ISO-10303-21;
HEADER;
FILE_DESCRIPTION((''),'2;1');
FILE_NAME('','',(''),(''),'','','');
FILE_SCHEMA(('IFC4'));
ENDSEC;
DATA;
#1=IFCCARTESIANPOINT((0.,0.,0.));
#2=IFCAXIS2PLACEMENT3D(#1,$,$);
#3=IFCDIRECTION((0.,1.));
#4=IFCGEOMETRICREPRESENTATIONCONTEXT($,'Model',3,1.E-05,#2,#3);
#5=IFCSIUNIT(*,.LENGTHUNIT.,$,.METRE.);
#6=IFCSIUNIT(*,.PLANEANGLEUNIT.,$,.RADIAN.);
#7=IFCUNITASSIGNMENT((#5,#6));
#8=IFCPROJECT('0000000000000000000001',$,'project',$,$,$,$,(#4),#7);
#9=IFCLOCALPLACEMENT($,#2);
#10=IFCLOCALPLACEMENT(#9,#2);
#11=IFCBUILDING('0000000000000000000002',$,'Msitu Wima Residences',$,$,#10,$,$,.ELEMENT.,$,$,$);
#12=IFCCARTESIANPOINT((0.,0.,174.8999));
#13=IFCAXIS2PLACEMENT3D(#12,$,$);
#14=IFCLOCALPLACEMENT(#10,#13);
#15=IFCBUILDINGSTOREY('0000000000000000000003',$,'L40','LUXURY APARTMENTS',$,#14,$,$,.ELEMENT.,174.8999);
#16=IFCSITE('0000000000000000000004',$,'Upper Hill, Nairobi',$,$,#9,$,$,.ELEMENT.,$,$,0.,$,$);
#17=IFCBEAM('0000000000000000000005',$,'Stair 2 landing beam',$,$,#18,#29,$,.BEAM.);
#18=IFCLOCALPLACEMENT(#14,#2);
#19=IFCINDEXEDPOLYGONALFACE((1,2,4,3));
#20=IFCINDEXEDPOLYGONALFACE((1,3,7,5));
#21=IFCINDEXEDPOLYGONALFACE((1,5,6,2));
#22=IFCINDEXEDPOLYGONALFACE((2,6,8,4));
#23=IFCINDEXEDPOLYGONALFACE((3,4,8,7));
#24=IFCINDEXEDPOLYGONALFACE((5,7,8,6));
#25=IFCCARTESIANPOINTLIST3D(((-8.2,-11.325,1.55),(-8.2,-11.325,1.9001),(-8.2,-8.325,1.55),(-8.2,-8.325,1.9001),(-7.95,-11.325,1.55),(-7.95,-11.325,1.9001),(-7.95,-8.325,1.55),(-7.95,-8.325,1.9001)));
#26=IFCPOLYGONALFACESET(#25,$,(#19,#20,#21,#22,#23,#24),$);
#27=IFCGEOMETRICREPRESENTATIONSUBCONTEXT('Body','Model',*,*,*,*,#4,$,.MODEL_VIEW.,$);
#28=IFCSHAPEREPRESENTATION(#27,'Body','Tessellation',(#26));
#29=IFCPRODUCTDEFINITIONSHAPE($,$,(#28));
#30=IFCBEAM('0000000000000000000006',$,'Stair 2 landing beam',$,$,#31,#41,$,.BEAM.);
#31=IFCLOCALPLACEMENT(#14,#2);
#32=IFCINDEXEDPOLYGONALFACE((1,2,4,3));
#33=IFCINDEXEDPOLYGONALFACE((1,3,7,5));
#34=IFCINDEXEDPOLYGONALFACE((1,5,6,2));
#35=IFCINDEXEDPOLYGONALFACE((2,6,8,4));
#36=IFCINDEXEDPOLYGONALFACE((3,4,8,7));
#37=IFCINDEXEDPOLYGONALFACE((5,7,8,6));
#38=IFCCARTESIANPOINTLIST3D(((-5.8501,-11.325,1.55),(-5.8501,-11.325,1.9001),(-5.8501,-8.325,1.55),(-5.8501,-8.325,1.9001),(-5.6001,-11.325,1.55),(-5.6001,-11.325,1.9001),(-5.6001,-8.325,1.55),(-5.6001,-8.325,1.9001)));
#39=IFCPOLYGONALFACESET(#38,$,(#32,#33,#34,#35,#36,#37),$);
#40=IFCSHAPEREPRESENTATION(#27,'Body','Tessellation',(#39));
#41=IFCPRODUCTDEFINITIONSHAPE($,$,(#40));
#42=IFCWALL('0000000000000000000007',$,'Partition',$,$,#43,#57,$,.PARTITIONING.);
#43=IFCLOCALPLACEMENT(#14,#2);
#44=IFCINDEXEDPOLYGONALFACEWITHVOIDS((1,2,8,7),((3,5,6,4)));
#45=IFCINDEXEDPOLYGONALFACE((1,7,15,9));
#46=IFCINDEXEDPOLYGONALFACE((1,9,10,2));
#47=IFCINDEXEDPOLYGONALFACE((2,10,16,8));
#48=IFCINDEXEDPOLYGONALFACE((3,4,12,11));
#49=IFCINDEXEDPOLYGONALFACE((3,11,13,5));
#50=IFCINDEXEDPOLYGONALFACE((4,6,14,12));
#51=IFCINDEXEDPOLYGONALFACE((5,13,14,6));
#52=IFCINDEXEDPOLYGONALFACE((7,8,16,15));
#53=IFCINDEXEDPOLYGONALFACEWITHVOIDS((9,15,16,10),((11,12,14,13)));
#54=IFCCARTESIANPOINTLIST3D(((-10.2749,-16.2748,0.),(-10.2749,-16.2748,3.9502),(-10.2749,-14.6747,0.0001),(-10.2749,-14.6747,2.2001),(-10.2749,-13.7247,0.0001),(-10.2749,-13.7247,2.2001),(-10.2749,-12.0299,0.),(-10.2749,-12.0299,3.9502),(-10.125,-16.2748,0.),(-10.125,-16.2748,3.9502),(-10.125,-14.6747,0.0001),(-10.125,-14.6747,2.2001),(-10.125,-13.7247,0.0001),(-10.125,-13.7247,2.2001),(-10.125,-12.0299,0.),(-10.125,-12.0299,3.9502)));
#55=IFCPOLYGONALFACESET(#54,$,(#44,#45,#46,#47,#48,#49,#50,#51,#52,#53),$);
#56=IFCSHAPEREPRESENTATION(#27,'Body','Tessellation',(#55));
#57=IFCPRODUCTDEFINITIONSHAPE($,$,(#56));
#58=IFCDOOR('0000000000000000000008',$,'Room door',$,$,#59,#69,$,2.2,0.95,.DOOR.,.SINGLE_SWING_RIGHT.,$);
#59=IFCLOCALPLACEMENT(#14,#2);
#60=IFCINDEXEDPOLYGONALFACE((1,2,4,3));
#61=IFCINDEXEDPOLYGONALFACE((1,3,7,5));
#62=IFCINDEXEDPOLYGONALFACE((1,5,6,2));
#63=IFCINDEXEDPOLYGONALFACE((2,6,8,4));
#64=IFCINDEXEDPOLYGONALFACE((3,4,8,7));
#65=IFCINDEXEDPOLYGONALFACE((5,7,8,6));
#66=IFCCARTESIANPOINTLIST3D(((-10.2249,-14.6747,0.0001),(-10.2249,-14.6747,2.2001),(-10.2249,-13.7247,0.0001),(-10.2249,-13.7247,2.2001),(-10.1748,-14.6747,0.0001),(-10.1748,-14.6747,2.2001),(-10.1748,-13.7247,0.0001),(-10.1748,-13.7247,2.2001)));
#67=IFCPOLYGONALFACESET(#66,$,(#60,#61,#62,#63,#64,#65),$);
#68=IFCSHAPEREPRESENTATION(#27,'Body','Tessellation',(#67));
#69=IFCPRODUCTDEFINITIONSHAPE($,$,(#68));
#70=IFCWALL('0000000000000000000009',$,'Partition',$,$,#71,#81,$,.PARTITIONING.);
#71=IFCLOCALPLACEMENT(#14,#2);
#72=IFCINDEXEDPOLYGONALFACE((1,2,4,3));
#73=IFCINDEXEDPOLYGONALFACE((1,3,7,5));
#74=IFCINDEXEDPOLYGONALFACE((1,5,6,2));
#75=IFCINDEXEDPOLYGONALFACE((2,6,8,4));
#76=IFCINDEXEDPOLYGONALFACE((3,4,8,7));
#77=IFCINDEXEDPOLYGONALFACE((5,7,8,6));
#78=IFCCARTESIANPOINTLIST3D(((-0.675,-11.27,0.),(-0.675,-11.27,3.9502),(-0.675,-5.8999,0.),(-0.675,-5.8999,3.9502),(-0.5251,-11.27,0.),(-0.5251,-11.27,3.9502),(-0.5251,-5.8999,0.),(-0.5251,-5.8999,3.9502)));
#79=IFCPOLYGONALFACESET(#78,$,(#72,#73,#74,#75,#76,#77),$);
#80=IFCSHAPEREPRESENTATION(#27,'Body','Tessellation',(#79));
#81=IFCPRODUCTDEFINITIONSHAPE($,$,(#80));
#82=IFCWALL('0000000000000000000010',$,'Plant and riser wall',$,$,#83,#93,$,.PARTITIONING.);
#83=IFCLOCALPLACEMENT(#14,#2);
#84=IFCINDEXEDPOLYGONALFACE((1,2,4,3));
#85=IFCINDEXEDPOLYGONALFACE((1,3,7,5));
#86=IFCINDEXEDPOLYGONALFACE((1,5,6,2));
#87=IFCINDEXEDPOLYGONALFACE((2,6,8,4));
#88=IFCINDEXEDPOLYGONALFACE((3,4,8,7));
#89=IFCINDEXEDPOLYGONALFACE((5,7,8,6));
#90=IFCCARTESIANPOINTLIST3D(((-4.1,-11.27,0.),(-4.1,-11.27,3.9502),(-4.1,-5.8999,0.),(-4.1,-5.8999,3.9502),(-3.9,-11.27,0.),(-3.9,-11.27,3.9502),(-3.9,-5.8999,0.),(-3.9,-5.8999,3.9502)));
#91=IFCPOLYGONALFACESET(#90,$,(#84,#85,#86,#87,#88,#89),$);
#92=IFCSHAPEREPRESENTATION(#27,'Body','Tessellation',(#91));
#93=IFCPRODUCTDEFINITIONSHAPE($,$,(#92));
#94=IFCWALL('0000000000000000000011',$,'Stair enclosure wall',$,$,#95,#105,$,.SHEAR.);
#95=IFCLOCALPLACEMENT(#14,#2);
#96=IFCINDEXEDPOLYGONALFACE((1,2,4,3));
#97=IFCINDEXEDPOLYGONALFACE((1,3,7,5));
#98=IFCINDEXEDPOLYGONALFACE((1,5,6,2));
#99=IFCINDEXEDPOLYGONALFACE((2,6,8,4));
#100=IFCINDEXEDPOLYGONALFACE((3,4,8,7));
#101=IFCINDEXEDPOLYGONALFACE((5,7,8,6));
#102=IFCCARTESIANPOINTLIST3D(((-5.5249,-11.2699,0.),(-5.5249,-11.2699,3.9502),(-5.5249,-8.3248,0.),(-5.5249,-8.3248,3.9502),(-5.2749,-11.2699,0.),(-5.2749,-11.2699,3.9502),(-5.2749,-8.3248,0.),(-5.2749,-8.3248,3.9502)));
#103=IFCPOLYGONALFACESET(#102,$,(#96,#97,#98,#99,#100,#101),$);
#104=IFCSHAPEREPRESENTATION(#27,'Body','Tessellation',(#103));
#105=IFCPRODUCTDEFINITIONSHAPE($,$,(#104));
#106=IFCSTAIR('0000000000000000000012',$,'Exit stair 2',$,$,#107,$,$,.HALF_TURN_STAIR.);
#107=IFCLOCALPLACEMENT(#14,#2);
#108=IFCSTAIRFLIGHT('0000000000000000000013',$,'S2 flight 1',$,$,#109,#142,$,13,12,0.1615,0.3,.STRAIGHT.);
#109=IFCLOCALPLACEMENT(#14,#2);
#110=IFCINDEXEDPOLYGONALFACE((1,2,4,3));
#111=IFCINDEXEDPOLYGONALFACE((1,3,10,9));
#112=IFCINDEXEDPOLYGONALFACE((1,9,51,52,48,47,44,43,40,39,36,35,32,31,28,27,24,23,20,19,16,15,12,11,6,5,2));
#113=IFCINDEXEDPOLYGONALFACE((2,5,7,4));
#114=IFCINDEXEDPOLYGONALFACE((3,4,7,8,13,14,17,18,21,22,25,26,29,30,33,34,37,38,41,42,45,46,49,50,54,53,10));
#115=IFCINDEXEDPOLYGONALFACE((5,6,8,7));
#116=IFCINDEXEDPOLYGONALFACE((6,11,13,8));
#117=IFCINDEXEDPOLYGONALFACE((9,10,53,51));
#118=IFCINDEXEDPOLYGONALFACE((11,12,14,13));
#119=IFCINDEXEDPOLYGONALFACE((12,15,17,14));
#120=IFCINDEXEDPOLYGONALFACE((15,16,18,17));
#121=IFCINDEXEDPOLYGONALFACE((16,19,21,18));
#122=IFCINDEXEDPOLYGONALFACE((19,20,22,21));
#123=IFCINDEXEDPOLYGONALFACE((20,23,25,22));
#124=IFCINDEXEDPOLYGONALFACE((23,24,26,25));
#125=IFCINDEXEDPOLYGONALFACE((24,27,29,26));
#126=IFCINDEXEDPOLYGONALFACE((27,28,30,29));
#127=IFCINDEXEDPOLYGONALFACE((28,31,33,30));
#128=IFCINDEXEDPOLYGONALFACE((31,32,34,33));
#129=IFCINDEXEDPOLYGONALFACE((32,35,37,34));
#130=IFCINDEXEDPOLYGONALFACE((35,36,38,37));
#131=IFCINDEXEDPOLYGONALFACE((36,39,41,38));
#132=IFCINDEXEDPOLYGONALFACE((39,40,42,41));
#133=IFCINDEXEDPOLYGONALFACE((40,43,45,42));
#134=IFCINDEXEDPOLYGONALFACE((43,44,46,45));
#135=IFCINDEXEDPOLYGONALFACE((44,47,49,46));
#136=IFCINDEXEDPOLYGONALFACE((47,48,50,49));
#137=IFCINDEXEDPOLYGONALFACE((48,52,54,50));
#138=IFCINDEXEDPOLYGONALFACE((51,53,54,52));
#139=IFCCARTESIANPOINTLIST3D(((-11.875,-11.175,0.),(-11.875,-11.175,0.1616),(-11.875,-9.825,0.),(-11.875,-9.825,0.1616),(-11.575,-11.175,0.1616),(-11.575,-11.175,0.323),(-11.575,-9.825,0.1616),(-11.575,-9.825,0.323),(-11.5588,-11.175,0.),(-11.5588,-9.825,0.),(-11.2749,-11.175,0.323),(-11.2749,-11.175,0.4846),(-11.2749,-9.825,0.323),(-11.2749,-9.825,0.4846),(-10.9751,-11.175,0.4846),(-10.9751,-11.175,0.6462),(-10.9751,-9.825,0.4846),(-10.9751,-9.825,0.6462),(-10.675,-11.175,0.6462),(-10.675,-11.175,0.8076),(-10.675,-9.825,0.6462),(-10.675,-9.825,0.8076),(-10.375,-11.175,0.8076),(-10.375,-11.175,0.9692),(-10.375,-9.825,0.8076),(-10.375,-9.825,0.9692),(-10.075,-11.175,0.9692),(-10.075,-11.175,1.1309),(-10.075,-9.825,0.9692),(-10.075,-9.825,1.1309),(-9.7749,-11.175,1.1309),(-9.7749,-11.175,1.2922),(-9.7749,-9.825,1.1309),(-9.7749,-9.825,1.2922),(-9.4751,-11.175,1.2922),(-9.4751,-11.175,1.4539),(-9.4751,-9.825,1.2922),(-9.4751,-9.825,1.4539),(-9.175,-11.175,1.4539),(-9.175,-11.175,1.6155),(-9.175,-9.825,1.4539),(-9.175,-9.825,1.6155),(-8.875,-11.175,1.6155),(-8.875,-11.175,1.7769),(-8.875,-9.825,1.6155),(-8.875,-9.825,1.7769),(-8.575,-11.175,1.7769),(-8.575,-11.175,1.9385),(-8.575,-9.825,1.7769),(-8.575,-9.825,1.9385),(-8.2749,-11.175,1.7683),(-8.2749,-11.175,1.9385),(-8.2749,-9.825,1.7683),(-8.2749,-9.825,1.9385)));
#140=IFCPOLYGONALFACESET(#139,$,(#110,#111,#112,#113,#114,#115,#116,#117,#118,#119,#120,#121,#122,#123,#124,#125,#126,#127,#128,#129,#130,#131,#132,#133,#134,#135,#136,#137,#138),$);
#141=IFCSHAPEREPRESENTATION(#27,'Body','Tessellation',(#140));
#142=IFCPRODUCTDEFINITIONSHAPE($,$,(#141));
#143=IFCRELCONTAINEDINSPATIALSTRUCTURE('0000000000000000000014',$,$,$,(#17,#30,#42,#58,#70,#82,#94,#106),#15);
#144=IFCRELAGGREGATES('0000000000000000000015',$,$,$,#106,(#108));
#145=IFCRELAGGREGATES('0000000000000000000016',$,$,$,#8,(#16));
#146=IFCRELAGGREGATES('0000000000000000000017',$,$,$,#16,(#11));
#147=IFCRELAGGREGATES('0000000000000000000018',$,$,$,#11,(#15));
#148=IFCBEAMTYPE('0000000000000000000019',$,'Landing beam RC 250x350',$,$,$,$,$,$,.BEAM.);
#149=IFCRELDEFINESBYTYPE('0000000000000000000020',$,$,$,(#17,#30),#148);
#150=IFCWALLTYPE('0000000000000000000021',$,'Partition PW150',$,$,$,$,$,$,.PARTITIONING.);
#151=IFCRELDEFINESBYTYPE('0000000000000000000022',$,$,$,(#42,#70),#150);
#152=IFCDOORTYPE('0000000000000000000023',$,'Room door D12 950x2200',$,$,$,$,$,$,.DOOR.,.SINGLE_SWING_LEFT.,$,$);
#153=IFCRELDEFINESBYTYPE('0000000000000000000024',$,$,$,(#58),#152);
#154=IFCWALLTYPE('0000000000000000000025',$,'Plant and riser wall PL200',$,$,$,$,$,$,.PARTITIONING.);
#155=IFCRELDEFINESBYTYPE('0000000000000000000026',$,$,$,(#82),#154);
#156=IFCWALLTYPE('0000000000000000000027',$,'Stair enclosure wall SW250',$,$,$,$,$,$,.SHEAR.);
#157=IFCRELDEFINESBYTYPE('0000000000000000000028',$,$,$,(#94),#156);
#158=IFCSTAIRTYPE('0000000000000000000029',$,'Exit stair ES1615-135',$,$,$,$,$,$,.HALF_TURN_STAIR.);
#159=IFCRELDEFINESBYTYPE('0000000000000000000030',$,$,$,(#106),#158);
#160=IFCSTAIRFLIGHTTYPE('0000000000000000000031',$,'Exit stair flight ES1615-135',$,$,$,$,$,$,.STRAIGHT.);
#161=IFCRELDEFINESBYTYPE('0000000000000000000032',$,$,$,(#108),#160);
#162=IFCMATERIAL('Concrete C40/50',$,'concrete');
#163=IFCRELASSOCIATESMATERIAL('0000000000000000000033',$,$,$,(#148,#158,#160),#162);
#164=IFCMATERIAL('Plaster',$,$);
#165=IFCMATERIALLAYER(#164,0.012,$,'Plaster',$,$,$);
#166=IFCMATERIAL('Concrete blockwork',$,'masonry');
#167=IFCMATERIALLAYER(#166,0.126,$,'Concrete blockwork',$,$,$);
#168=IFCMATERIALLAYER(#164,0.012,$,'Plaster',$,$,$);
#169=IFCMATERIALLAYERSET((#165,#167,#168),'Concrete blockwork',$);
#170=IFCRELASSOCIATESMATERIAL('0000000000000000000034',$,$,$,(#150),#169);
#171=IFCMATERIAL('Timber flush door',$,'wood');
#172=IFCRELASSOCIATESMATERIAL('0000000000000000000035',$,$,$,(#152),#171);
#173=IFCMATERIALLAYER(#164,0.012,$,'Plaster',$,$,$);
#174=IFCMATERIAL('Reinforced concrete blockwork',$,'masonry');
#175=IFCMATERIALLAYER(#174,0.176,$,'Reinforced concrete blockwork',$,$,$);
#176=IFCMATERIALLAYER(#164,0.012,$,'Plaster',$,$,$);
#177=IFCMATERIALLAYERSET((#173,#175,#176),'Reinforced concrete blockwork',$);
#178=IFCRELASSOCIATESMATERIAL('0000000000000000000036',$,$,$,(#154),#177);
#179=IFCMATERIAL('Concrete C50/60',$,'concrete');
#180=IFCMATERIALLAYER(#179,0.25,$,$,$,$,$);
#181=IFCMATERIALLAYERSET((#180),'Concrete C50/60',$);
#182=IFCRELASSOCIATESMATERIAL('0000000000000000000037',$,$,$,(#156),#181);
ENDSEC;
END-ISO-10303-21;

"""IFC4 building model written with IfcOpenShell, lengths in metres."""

from ifc_helpers import new_model, si_unit, direction, frame, frame_2d, origin, origin_2d, place, context, subcontext, project, spatial, polyline, rectangle, outline, extrude, material, layer, layer_set, material_profile, profile_set, type_object, element, fill, aggregate, save


model = new_model("IFC4")

# Units and contexts
model_context = context("Model", 3, precision=1e-05, world=origin(), true_north=direction((0.0, 1.0)))
body_context = subcontext(model_context, "Body", "Model", "MODEL_VIEW")
ifc_project = project(units=[si_unit("LENGTHUNIT", "METRE"), si_unit("PLANEANGLEUNIT", "RADIAN")], contexts=[model_context])

# Site, building, storey
site_placement = place(None, origin())
site = spatial("IfcSite", under=ifc_project, at=site_placement, Name="Upper Hill, Nairobi", CompositionType="ELEMENT", RefElevation=0.0)
building_placement = place(site_placement, origin())
building = spatial("IfcBuilding", under=site, at=building_placement, Name="Msitu Wima Residences", CompositionType="ELEMENT")
storey_placement = place(building_placement, frame((0.0, 0.0, 174.8999)))
storey = spatial("IfcBuildingStorey", under=building, at=storey_placement, Name="L40", Description="LUXURY APARTMENTS", CompositionType="ELEMENT", Elevation=174.8999)

# Beams
ifc_material_1 = material(Name="Concrete C40/50", Category="concrete")
ifc_material_profile = material_profile(ifc_material_1, rectangle(XDim=0.25, YDim=0.3501, at=origin_2d()), Name="RC 250x350")
ifc_profile_set = profile_set([ifc_material_profile], Name="Concrete C40/50")
beam_type = type_object("IfcBeamType", Name="Landing beam RC 250x350", PredefinedType="BEAM", material=ifc_profile_set)
for number, where, z_axis, x_axis, name in (
    (1, (-8.075, -11.325, 1.7251), (0.0, 1.0, 0.0), (-1.0, 0.0, 0.0), "Stair 2 landing beam"),
    (2, (-5.7251, -11.325, 1.7251), (0.0, 1.0, 0.0), (-1.0, 0.0, 0.0), "Stair 2 landing beam"),
):
    element("IfcBeam", number, at=place(storey_placement, frame(where, z_axis=z_axis, x_axis=x_axis)), inside=storey, type_object=beam_type, Name=name, PredefinedType="BEAM", context=body_context, shape_type="SweptSolid", body=[
        extrude(rectangle(XDim=0.25, YDim=0.3501, at=origin_2d()), origin(), (0.0, 0.0, 1.0), 3.0),
    ])

# Wall, opening, door
ifc_material_2 = material(Name="Plaster")
ifc_layer_1 = layer(ifc_material_2, 0.012, Name="Plaster")
ifc_material_3 = material(Name="Concrete blockwork", Category="masonry")
ifc_layer_2 = layer(ifc_material_3, 0.126, Name="Concrete blockwork")
ifc_layer_3 = layer(ifc_material_2, 0.012, Name="Plaster")
ifc_layer_set_1 = layer_set([ifc_layer_1, ifc_layer_2, ifc_layer_3], Name="Concrete blockwork")
wall_type_1 = type_object("IfcWallType", Name="Partition PW150", PredefinedType="PARTITIONING", material=ifc_layer_set_1)
wall_1_placement = place(storey_placement, frame((-10.2, -16.2749, 0.0), z_axis=(0.0, 0.0, 1.0), x_axis=(0.0, 1.0, 0.0)))
wall_1 = element("IfcWall", 3, at=wall_1_placement, inside=storey, type_object=wall_type_1, Name="Partition", PredefinedType="PARTITIONING", context=body_context, shape_type="SweptSolid", body=[
    extrude(rectangle(XDim=4.2449, YDim=0.1499, at=frame_2d((2.1226, 0.0))), origin(), (0.0, 0.0, 1.0), 3.9502),
])
opening_placement = place(wall_1_placement, frame((1.6001, 0.0, 0.0)))
opening = element("IfcOpeningElement", 4, at=opening_placement, cuts=wall_1, PredefinedType="OPENING", context=body_context, shape_type="SweptSolid", body=[
    extrude(rectangle(XDim=0.95, YDim=2.2, at=frame_2d((0.4751, 1.1001))), frame((0.0, 0.085, 0.0), z_axis=(0.0, -1.0, 0.0), x_axis=(1.0, 0.0, 0.0)), (0.0, 0.0, 1.0), 0.1699),
])
ifc_material_4 = material(Name="Timber flush door", Category="wood")
door_type = type_object("IfcDoorType", Name="Room door D12 950x2200", OperationType="SINGLE_SWING_LEFT", PredefinedType="DOOR", material=ifc_material_4)
door_placement = place(opening_placement, origin())
door = element("IfcDoor", 5, at=door_placement, inside=storey, type_object=door_type, Name="Room door", OperationType="SINGLE_SWING_RIGHT", OverallHeight=2.2, OverallWidth=0.95, PredefinedType="DOOR", context=body_context, shape_type="SweptSolid", body=[
    extrude(rectangle(XDim=0.95, YDim=2.2, at=frame_2d((0.4751, 1.1001))), frame((0.0, 0.0249, 0.0), z_axis=(0.0, -1.0, 0.0), x_axis=(1.0, 0.0, 0.0)), (0.0, 0.0, 1.0), 0.05),
])
fill(opening, door)

# Walls
wall_2_placement = place(storey_placement, frame((-0.6001, -11.27, 0.0), z_axis=(0.0, 0.0, 1.0), x_axis=(0.0, 1.0, 0.0)))
element("IfcWall", 6, at=wall_2_placement, inside=storey, type_object=wall_type_1, Name="Partition", PredefinedType="PARTITIONING", context=body_context, shape_type="SweptSolid", body=[
    extrude(rectangle(XDim=5.3701, YDim=0.1499, at=frame_2d((2.6851, 0.0))), origin(), (0.0, 0.0, 1.0), 3.9502),
])
ifc_layer_4 = layer(ifc_material_2, 0.012, Name="Plaster")
ifc_material_5 = material(Name="Reinforced concrete blockwork", Category="masonry")
ifc_layer_5 = layer(ifc_material_5, 0.176, Name="Reinforced concrete blockwork")
ifc_layer_6 = layer(ifc_material_2, 0.012, Name="Plaster")
ifc_layer_set_2 = layer_set([ifc_layer_4, ifc_layer_5, ifc_layer_6], Name="Reinforced concrete blockwork")
wall_type_2 = type_object("IfcWallType", Name="Plant and riser wall PL200", PredefinedType="PARTITIONING", material=ifc_layer_set_2)
wall_3_placement = place(storey_placement, frame((-4.0, -11.27, 0.0), z_axis=(0.0, 0.0, 1.0), x_axis=(0.0, 1.0, 0.0)))
element("IfcWall", 7, at=wall_3_placement, inside=storey, type_object=wall_type_2, Name="Plant and riser wall", PredefinedType="PARTITIONING", context=body_context, shape_type="SweptSolid", body=[
    extrude(rectangle(XDim=5.3701, YDim=0.2, at=frame_2d((2.6851, 0.0))), origin(), (0.0, 0.0, 1.0), 3.9502),
])
ifc_material_6 = material(Name="Concrete C50/60", Category="concrete")
ifc_layer_7 = layer(ifc_material_6, 0.25)
ifc_layer_set_3 = layer_set([ifc_layer_7], Name="Concrete C50/60")
wall_type_3 = type_object("IfcWallType", Name="Stair enclosure wall SW250", PredefinedType="SHEAR", material=ifc_layer_set_3)
wall_4_placement = place(storey_placement, frame((-5.3999, -11.27, 0.0), z_axis=(0.0, 0.0, 1.0), x_axis=(0.0, 1.0, 0.0)))
element("IfcWall", 8, at=wall_4_placement, inside=storey, type_object=wall_type_3, Name="Stair enclosure wall", PredefinedType="SHEAR", context=body_context, shape_type="SweptSolid", body=[
    extrude(rectangle(XDim=2.9451, YDim=0.25, at=frame_2d((1.4727, 0.0))), origin(), (0.0, 0.0, 1.0), 3.9502),
])

# Stair, stair flight
stair_type = type_object("IfcStairType", Name="Exit stair ES1615-135", PredefinedType="HALF_TURN_STAIR", material=ifc_material_1)
stair_placement = place(storey_placement, origin())
stair = element("IfcStair", 9, at=stair_placement, inside=storey, type_object=stair_type, Name="Exit stair 2", PredefinedType="HALF_TURN_STAIR")
stair_flight_type = type_object("IfcStairFlightType", Name="Exit stair flight ES1615-135", PredefinedType="STRAIGHT", material=ifc_material_1)
stair_flight_placement = place(storey_placement, frame((-11.875, -10.5, 0.0), z_axis=(0.0, 0.0, 1.0), x_axis=(1.0, 0.0, 0.0)))
stair_flight = element("IfcStairFlight", 10, at=stair_flight_placement, type_object=stair_flight_type, Name="S2 flight 1", NumberOfRisers=13, NumberOfTreads=12, PredefinedType="STRAIGHT", RiserHeight=0.1615, TreadLength=0.3, context=body_context, shape_type="SweptSolid", body=[
    extrude(outline(polyline([(0.0, 0.0), (0.0, 0.1616), (0.3, 0.1616), (0.3, 0.323), (0.6001, 0.323), (0.6001, 0.4846), (0.8999, 0.4846), (0.8999, 0.6462), (1.2, 0.6462), (1.2, 0.8076), (1.5, 0.8076), (1.5, 0.9692), (1.8, 0.9692), (1.8, 1.1309), (2.1001, 1.1309), (2.1001, 1.2922), (2.3999, 1.2922), (2.3999, 1.4539), (2.7, 1.4539), (2.7, 1.6155), (3.0, 1.6155), (3.0, 1.7769), (3.3, 1.7769), (3.3, 1.9385), (3.6001, 1.9385), (3.6001, 2.1001), (3.6001, 1.7683), (0.3162, 0.0), (0.0, 0.0)])), frame((0.0, 0.675, 0.0), z_axis=(0.0, -1.0, 0.0), x_axis=(1.0, 0.0, 0.0)), (0.0, 0.0, 1.0), 1.3501),
])
aggregate(stair, [stair_flight])

save(model, "model.ifc")
